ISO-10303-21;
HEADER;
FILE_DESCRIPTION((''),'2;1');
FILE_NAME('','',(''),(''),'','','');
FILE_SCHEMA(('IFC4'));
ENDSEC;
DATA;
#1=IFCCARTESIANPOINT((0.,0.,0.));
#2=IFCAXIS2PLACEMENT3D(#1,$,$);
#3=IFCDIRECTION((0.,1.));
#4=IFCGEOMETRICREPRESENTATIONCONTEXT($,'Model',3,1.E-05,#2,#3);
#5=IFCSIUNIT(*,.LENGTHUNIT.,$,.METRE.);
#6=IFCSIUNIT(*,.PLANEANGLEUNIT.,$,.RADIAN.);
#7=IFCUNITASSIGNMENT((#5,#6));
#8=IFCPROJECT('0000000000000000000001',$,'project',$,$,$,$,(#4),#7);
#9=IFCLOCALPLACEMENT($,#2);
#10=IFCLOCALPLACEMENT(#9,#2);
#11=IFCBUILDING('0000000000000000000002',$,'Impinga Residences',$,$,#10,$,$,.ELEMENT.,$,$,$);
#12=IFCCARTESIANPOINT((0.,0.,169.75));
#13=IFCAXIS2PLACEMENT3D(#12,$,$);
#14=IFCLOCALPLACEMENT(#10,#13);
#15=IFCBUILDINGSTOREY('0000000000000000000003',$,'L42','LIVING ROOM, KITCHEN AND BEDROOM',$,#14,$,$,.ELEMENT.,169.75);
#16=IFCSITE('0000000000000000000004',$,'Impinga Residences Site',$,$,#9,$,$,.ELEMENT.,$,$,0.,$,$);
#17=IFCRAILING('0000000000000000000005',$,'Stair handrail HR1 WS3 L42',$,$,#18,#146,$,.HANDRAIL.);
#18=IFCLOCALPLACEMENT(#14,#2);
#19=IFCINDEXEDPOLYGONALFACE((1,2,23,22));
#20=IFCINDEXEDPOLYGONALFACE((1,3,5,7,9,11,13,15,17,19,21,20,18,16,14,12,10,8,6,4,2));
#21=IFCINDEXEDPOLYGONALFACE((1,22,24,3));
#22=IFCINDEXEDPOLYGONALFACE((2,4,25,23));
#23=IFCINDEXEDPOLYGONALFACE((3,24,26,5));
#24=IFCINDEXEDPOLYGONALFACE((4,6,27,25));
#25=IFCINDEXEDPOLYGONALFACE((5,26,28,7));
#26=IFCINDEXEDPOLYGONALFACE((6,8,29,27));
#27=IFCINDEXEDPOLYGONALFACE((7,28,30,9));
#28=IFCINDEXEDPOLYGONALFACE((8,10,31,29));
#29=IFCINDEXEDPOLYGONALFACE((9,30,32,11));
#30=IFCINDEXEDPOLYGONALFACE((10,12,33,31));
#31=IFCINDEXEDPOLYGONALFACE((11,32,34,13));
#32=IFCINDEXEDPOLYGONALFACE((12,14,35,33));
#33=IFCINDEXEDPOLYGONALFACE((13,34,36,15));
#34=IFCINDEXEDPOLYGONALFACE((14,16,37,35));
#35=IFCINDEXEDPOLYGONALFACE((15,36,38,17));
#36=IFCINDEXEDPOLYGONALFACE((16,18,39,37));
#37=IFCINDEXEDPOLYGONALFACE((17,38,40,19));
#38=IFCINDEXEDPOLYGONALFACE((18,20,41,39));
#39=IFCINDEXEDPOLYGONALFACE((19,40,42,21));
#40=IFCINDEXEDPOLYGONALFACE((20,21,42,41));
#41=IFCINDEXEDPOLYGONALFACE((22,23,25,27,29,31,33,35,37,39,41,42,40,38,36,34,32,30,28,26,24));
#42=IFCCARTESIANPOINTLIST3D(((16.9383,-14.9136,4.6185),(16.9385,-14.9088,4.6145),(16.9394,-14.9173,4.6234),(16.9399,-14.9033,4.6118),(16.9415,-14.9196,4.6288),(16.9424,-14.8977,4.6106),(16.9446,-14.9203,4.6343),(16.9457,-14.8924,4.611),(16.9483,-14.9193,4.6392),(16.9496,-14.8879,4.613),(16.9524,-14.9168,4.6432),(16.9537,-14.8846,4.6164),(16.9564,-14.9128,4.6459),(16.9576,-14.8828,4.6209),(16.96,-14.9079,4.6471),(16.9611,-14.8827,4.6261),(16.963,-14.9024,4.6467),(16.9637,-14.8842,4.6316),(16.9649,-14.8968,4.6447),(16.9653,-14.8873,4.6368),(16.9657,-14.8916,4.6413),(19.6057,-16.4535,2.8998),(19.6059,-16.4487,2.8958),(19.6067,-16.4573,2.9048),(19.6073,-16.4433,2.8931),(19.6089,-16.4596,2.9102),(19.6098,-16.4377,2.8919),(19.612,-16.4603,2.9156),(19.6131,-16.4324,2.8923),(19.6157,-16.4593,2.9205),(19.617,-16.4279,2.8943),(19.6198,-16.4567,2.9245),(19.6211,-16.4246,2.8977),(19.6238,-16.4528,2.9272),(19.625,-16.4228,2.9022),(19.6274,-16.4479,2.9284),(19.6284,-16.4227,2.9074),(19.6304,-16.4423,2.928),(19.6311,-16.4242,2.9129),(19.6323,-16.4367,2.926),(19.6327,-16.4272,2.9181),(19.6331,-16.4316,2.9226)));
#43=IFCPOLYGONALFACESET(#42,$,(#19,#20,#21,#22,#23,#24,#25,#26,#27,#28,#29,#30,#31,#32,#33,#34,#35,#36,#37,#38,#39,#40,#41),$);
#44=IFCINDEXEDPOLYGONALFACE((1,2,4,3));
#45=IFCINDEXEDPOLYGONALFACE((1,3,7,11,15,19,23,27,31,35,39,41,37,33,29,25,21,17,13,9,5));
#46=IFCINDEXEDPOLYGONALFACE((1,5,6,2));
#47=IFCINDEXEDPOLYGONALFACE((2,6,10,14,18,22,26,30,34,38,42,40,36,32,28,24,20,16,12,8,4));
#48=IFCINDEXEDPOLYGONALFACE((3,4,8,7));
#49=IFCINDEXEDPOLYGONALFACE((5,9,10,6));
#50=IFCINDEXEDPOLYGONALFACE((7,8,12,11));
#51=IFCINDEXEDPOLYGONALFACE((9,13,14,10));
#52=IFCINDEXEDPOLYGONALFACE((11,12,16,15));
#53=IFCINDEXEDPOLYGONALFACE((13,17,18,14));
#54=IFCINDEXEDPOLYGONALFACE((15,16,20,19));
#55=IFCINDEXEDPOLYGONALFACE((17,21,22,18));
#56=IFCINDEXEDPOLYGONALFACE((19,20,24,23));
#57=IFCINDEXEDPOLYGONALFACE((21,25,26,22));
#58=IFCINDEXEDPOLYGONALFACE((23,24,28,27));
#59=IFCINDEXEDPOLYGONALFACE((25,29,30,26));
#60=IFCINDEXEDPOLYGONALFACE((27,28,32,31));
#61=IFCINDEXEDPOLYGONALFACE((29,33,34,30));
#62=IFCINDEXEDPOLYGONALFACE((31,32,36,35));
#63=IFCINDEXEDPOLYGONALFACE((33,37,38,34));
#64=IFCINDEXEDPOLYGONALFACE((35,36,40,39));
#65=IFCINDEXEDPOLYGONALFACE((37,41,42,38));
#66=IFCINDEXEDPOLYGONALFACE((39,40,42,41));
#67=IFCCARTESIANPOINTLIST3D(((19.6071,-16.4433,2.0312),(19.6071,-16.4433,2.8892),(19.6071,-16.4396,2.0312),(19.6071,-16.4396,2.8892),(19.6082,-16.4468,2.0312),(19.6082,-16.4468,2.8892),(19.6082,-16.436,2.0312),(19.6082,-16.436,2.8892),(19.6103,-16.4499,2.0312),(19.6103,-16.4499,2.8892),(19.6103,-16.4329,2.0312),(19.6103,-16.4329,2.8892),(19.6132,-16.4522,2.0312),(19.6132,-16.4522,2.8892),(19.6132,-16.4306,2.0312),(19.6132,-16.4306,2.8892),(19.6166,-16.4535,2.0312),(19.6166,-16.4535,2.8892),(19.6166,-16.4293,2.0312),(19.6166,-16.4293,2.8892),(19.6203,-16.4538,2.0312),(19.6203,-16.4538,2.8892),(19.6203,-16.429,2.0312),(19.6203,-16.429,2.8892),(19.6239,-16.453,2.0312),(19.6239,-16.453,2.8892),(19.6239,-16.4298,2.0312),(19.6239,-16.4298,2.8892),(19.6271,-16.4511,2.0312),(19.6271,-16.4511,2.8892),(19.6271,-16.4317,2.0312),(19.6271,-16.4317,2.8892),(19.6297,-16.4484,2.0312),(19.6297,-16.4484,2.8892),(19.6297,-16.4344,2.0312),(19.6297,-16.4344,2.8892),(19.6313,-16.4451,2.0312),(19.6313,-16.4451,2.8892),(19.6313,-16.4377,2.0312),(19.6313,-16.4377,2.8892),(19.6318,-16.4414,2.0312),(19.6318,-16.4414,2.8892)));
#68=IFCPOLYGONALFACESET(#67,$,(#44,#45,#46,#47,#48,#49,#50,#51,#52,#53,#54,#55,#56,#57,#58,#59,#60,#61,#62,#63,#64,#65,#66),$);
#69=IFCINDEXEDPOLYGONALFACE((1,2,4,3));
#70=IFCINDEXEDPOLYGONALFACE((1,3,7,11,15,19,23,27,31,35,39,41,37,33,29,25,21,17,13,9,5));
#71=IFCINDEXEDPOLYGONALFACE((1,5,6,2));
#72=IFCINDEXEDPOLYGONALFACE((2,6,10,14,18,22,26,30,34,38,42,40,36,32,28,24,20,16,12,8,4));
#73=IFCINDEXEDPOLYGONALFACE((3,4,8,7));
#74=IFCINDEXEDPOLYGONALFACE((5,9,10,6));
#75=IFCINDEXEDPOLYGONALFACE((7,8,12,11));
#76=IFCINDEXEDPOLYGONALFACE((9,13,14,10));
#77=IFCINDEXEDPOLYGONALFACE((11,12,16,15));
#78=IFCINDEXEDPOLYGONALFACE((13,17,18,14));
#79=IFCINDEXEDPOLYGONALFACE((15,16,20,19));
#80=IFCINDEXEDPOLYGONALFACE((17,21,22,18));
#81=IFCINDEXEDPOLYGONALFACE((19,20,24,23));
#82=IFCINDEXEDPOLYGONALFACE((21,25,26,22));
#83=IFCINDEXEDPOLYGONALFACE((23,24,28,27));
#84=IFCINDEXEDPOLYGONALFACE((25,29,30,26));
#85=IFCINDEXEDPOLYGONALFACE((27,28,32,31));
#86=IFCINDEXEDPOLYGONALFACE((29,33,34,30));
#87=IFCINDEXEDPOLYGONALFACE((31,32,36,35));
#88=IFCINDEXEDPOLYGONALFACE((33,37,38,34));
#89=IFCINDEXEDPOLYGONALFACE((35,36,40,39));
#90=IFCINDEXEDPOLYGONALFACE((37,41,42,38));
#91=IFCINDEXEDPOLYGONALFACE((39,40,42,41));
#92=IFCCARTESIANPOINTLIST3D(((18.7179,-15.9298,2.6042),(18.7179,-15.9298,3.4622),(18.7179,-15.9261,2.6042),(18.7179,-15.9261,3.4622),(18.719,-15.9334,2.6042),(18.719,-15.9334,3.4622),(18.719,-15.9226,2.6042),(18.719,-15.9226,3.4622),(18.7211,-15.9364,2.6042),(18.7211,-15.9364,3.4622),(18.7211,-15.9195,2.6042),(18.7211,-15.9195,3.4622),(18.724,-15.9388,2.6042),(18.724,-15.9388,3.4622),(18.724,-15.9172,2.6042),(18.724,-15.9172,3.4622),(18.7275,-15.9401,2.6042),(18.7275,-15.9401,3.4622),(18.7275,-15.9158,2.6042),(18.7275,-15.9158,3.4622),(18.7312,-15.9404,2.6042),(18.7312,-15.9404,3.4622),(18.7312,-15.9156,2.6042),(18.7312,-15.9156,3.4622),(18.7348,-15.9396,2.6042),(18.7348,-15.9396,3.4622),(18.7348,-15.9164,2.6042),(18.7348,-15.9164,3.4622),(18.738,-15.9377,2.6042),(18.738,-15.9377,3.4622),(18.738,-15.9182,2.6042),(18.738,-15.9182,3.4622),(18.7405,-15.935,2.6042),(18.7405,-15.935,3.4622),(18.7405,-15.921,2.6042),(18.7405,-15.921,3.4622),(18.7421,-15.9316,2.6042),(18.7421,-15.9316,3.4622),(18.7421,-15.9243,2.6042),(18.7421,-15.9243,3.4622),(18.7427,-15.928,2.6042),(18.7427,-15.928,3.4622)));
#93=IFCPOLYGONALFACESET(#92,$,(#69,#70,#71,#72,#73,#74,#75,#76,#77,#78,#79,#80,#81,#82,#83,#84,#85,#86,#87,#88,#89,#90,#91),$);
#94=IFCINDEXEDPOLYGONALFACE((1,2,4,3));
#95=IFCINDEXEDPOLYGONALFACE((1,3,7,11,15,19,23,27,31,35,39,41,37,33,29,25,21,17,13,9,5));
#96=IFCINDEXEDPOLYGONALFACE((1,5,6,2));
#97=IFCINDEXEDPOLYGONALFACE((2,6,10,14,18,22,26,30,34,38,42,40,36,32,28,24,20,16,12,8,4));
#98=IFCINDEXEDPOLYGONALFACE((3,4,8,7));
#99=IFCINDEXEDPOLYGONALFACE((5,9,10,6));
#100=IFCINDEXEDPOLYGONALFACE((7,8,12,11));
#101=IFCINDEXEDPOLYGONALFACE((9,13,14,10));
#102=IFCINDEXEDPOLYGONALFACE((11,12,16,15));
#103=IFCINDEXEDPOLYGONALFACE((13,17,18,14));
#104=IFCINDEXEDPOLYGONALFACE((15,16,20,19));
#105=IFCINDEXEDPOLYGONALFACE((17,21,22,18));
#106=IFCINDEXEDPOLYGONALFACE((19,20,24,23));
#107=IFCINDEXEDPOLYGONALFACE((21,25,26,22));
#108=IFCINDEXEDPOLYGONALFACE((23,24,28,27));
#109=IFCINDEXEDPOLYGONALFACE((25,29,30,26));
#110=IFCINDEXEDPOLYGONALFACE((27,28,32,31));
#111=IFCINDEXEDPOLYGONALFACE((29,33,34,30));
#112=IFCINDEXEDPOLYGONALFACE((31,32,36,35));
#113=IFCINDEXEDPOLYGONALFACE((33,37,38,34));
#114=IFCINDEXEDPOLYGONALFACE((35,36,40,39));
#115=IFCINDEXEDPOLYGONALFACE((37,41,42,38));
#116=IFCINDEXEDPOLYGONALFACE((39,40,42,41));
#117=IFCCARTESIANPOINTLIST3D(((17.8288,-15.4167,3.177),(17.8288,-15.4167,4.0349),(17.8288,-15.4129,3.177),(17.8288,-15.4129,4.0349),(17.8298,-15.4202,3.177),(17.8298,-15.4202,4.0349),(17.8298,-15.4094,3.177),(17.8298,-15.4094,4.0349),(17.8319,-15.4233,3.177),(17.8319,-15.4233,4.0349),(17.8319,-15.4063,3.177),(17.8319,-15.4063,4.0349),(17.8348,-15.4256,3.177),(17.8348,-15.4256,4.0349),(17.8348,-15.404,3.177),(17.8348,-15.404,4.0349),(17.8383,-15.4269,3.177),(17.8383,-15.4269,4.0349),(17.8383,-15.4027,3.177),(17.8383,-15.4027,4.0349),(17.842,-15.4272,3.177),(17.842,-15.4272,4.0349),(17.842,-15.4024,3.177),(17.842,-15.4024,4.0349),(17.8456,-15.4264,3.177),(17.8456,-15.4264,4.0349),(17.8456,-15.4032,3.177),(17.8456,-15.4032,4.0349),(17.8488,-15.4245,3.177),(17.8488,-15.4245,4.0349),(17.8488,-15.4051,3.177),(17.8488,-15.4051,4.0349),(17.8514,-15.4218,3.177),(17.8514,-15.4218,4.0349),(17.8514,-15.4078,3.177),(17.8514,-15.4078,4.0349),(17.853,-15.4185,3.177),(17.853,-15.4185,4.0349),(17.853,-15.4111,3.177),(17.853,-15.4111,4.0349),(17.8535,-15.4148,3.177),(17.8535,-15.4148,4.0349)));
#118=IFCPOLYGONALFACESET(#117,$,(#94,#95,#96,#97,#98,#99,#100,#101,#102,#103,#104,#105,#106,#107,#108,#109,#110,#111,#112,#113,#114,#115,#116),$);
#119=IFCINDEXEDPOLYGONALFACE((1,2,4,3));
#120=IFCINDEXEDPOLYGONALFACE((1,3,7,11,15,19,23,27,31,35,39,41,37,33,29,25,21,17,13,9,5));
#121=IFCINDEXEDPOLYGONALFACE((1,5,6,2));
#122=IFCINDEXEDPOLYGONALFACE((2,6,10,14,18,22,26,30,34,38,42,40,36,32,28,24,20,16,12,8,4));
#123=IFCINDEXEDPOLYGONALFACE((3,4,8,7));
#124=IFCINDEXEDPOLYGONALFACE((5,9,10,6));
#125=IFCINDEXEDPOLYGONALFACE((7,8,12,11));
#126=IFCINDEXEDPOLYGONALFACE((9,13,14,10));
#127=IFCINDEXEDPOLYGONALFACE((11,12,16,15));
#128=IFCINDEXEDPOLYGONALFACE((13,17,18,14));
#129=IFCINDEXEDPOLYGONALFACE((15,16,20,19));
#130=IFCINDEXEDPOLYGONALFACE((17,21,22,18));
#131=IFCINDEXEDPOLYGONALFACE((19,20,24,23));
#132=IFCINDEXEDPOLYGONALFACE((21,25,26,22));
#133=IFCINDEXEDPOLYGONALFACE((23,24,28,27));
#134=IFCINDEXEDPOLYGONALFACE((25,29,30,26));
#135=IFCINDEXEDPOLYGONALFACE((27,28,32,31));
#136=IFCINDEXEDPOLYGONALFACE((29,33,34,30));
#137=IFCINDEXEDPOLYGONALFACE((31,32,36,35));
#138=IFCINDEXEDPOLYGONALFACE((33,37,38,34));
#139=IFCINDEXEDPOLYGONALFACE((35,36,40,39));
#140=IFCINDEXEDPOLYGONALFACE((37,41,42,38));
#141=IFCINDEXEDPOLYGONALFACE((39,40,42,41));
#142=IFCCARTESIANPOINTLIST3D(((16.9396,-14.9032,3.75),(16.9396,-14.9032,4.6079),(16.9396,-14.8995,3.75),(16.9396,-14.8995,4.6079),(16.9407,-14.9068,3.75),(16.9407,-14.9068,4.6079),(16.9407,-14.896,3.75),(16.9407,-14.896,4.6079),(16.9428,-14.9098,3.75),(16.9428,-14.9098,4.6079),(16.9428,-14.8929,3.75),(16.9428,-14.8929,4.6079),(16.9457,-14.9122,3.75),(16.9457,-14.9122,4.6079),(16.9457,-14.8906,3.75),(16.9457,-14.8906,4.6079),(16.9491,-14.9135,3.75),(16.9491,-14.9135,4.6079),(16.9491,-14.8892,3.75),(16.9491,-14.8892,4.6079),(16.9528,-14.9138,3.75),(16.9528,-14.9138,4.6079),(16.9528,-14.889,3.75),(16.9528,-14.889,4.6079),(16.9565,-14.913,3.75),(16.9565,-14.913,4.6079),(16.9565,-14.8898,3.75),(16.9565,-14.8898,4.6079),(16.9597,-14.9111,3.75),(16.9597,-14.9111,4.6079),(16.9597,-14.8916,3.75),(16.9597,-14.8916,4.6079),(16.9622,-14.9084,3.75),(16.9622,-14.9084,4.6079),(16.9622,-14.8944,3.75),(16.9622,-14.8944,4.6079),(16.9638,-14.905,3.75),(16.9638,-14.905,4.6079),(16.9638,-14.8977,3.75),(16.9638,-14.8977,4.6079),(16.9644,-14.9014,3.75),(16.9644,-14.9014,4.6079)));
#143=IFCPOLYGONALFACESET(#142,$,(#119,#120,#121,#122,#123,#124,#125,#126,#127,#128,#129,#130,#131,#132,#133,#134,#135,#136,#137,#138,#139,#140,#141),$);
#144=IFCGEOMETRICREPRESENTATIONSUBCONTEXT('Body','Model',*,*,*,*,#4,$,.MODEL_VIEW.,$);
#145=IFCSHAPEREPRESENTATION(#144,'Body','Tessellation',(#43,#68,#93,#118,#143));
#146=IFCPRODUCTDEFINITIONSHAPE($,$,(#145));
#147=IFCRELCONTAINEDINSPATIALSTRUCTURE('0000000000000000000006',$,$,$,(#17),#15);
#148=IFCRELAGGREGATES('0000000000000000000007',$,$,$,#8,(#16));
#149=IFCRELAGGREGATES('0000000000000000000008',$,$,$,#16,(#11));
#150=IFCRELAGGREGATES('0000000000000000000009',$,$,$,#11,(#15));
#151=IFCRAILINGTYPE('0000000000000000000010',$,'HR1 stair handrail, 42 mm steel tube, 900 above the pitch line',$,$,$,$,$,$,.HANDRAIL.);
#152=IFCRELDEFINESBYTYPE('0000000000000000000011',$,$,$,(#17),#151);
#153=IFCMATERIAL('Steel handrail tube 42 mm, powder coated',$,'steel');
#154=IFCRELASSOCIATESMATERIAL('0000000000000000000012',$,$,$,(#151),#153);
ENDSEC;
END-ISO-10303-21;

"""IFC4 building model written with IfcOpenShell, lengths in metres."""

from ifc_helpers import new_model, si_unit, direction, frame, origin, origin_2d, place, context, subcontext, project, spatial, circle, extrude, material, type_object, element, save


model = new_model("IFC4")

# Units and contexts
model_context = context("Model", 3, precision=1e-05, world=origin(), true_north=direction((0.0, 1.0)))
body_context = subcontext(model_context, "Body", "Model", "MODEL_VIEW")
ifc_project = project(units=[si_unit("LENGTHUNIT", "METRE"), si_unit("PLANEANGLEUNIT", "RADIAN")], contexts=[model_context])

# Site, building, storey
site_placement = place(None, origin())
site = spatial("IfcSite", under=ifc_project, at=site_placement, Name="Impinga Residences Site", CompositionType="ELEMENT", RefElevation=0.0)
building_placement = place(site_placement, origin())
building = spatial("IfcBuilding", under=site, at=building_placement, Name="Impinga Residences", CompositionType="ELEMENT")
storey_placement = place(building_placement, frame((0.0, 0.0, 169.75)))
storey = spatial("IfcBuildingStorey", under=building, at=storey_placement, Name="L42", Description="LIVING ROOM, KITCHEN AND BEDROOM", CompositionType="ELEMENT", Elevation=169.75)

# Railing
ifc_material_1 = material(Name="Steel handrail tube 42 mm, powder coated", Category="steel")
railing_type_1 = type_object("IfcRailingType", Name="HR1 stair handrail, 42 mm steel tube, 900 above the pitch line", PredefinedType="HANDRAIL", material=ifc_material_1)
railing_1_placement = place(storey_placement, frame((19.6194, -16.4414, 2.0312)))
element("IfcRailing", 1, at=railing_1_placement, inside=storey, type_object=railing_type_1, Name="Stair handrail HR1 WS3 L42", PredefinedType="HANDRAIL", context=body_context, shape_type="SweptSolid", body=[
    extrude(circle(Radius=0.021, at=origin_2d()), frame((0.0, 0.0, 0.8789), z_axis=(-0.756256, 0.436616, 0.487282), x_axis=(-0.499992, -0.86603, 0.0)), (0.0, 0.0, 1.0), 3.5271),
    extrude(circle(Radius=0.0125, at=origin_2d()), origin(), (0.0, 0.0, 1.0), 0.8579),
    extrude(circle(Radius=0.0125, at=origin_2d()), frame((-0.8892, 0.5134, 0.573)), (0.0, 0.0, 1.0), 0.8579),
    extrude(circle(Radius=0.0125, at=origin_2d()), frame((-1.7783, 1.0266, 1.1458)), (0.0, 0.0, 1.0), 0.8579),
    extrude(circle(Radius=0.0125, at=origin_2d()), frame((-2.6675, 1.54, 1.7188)), (0.0, 0.0, 1.0), 0.8579),
])

save(model, "model.ifc")
